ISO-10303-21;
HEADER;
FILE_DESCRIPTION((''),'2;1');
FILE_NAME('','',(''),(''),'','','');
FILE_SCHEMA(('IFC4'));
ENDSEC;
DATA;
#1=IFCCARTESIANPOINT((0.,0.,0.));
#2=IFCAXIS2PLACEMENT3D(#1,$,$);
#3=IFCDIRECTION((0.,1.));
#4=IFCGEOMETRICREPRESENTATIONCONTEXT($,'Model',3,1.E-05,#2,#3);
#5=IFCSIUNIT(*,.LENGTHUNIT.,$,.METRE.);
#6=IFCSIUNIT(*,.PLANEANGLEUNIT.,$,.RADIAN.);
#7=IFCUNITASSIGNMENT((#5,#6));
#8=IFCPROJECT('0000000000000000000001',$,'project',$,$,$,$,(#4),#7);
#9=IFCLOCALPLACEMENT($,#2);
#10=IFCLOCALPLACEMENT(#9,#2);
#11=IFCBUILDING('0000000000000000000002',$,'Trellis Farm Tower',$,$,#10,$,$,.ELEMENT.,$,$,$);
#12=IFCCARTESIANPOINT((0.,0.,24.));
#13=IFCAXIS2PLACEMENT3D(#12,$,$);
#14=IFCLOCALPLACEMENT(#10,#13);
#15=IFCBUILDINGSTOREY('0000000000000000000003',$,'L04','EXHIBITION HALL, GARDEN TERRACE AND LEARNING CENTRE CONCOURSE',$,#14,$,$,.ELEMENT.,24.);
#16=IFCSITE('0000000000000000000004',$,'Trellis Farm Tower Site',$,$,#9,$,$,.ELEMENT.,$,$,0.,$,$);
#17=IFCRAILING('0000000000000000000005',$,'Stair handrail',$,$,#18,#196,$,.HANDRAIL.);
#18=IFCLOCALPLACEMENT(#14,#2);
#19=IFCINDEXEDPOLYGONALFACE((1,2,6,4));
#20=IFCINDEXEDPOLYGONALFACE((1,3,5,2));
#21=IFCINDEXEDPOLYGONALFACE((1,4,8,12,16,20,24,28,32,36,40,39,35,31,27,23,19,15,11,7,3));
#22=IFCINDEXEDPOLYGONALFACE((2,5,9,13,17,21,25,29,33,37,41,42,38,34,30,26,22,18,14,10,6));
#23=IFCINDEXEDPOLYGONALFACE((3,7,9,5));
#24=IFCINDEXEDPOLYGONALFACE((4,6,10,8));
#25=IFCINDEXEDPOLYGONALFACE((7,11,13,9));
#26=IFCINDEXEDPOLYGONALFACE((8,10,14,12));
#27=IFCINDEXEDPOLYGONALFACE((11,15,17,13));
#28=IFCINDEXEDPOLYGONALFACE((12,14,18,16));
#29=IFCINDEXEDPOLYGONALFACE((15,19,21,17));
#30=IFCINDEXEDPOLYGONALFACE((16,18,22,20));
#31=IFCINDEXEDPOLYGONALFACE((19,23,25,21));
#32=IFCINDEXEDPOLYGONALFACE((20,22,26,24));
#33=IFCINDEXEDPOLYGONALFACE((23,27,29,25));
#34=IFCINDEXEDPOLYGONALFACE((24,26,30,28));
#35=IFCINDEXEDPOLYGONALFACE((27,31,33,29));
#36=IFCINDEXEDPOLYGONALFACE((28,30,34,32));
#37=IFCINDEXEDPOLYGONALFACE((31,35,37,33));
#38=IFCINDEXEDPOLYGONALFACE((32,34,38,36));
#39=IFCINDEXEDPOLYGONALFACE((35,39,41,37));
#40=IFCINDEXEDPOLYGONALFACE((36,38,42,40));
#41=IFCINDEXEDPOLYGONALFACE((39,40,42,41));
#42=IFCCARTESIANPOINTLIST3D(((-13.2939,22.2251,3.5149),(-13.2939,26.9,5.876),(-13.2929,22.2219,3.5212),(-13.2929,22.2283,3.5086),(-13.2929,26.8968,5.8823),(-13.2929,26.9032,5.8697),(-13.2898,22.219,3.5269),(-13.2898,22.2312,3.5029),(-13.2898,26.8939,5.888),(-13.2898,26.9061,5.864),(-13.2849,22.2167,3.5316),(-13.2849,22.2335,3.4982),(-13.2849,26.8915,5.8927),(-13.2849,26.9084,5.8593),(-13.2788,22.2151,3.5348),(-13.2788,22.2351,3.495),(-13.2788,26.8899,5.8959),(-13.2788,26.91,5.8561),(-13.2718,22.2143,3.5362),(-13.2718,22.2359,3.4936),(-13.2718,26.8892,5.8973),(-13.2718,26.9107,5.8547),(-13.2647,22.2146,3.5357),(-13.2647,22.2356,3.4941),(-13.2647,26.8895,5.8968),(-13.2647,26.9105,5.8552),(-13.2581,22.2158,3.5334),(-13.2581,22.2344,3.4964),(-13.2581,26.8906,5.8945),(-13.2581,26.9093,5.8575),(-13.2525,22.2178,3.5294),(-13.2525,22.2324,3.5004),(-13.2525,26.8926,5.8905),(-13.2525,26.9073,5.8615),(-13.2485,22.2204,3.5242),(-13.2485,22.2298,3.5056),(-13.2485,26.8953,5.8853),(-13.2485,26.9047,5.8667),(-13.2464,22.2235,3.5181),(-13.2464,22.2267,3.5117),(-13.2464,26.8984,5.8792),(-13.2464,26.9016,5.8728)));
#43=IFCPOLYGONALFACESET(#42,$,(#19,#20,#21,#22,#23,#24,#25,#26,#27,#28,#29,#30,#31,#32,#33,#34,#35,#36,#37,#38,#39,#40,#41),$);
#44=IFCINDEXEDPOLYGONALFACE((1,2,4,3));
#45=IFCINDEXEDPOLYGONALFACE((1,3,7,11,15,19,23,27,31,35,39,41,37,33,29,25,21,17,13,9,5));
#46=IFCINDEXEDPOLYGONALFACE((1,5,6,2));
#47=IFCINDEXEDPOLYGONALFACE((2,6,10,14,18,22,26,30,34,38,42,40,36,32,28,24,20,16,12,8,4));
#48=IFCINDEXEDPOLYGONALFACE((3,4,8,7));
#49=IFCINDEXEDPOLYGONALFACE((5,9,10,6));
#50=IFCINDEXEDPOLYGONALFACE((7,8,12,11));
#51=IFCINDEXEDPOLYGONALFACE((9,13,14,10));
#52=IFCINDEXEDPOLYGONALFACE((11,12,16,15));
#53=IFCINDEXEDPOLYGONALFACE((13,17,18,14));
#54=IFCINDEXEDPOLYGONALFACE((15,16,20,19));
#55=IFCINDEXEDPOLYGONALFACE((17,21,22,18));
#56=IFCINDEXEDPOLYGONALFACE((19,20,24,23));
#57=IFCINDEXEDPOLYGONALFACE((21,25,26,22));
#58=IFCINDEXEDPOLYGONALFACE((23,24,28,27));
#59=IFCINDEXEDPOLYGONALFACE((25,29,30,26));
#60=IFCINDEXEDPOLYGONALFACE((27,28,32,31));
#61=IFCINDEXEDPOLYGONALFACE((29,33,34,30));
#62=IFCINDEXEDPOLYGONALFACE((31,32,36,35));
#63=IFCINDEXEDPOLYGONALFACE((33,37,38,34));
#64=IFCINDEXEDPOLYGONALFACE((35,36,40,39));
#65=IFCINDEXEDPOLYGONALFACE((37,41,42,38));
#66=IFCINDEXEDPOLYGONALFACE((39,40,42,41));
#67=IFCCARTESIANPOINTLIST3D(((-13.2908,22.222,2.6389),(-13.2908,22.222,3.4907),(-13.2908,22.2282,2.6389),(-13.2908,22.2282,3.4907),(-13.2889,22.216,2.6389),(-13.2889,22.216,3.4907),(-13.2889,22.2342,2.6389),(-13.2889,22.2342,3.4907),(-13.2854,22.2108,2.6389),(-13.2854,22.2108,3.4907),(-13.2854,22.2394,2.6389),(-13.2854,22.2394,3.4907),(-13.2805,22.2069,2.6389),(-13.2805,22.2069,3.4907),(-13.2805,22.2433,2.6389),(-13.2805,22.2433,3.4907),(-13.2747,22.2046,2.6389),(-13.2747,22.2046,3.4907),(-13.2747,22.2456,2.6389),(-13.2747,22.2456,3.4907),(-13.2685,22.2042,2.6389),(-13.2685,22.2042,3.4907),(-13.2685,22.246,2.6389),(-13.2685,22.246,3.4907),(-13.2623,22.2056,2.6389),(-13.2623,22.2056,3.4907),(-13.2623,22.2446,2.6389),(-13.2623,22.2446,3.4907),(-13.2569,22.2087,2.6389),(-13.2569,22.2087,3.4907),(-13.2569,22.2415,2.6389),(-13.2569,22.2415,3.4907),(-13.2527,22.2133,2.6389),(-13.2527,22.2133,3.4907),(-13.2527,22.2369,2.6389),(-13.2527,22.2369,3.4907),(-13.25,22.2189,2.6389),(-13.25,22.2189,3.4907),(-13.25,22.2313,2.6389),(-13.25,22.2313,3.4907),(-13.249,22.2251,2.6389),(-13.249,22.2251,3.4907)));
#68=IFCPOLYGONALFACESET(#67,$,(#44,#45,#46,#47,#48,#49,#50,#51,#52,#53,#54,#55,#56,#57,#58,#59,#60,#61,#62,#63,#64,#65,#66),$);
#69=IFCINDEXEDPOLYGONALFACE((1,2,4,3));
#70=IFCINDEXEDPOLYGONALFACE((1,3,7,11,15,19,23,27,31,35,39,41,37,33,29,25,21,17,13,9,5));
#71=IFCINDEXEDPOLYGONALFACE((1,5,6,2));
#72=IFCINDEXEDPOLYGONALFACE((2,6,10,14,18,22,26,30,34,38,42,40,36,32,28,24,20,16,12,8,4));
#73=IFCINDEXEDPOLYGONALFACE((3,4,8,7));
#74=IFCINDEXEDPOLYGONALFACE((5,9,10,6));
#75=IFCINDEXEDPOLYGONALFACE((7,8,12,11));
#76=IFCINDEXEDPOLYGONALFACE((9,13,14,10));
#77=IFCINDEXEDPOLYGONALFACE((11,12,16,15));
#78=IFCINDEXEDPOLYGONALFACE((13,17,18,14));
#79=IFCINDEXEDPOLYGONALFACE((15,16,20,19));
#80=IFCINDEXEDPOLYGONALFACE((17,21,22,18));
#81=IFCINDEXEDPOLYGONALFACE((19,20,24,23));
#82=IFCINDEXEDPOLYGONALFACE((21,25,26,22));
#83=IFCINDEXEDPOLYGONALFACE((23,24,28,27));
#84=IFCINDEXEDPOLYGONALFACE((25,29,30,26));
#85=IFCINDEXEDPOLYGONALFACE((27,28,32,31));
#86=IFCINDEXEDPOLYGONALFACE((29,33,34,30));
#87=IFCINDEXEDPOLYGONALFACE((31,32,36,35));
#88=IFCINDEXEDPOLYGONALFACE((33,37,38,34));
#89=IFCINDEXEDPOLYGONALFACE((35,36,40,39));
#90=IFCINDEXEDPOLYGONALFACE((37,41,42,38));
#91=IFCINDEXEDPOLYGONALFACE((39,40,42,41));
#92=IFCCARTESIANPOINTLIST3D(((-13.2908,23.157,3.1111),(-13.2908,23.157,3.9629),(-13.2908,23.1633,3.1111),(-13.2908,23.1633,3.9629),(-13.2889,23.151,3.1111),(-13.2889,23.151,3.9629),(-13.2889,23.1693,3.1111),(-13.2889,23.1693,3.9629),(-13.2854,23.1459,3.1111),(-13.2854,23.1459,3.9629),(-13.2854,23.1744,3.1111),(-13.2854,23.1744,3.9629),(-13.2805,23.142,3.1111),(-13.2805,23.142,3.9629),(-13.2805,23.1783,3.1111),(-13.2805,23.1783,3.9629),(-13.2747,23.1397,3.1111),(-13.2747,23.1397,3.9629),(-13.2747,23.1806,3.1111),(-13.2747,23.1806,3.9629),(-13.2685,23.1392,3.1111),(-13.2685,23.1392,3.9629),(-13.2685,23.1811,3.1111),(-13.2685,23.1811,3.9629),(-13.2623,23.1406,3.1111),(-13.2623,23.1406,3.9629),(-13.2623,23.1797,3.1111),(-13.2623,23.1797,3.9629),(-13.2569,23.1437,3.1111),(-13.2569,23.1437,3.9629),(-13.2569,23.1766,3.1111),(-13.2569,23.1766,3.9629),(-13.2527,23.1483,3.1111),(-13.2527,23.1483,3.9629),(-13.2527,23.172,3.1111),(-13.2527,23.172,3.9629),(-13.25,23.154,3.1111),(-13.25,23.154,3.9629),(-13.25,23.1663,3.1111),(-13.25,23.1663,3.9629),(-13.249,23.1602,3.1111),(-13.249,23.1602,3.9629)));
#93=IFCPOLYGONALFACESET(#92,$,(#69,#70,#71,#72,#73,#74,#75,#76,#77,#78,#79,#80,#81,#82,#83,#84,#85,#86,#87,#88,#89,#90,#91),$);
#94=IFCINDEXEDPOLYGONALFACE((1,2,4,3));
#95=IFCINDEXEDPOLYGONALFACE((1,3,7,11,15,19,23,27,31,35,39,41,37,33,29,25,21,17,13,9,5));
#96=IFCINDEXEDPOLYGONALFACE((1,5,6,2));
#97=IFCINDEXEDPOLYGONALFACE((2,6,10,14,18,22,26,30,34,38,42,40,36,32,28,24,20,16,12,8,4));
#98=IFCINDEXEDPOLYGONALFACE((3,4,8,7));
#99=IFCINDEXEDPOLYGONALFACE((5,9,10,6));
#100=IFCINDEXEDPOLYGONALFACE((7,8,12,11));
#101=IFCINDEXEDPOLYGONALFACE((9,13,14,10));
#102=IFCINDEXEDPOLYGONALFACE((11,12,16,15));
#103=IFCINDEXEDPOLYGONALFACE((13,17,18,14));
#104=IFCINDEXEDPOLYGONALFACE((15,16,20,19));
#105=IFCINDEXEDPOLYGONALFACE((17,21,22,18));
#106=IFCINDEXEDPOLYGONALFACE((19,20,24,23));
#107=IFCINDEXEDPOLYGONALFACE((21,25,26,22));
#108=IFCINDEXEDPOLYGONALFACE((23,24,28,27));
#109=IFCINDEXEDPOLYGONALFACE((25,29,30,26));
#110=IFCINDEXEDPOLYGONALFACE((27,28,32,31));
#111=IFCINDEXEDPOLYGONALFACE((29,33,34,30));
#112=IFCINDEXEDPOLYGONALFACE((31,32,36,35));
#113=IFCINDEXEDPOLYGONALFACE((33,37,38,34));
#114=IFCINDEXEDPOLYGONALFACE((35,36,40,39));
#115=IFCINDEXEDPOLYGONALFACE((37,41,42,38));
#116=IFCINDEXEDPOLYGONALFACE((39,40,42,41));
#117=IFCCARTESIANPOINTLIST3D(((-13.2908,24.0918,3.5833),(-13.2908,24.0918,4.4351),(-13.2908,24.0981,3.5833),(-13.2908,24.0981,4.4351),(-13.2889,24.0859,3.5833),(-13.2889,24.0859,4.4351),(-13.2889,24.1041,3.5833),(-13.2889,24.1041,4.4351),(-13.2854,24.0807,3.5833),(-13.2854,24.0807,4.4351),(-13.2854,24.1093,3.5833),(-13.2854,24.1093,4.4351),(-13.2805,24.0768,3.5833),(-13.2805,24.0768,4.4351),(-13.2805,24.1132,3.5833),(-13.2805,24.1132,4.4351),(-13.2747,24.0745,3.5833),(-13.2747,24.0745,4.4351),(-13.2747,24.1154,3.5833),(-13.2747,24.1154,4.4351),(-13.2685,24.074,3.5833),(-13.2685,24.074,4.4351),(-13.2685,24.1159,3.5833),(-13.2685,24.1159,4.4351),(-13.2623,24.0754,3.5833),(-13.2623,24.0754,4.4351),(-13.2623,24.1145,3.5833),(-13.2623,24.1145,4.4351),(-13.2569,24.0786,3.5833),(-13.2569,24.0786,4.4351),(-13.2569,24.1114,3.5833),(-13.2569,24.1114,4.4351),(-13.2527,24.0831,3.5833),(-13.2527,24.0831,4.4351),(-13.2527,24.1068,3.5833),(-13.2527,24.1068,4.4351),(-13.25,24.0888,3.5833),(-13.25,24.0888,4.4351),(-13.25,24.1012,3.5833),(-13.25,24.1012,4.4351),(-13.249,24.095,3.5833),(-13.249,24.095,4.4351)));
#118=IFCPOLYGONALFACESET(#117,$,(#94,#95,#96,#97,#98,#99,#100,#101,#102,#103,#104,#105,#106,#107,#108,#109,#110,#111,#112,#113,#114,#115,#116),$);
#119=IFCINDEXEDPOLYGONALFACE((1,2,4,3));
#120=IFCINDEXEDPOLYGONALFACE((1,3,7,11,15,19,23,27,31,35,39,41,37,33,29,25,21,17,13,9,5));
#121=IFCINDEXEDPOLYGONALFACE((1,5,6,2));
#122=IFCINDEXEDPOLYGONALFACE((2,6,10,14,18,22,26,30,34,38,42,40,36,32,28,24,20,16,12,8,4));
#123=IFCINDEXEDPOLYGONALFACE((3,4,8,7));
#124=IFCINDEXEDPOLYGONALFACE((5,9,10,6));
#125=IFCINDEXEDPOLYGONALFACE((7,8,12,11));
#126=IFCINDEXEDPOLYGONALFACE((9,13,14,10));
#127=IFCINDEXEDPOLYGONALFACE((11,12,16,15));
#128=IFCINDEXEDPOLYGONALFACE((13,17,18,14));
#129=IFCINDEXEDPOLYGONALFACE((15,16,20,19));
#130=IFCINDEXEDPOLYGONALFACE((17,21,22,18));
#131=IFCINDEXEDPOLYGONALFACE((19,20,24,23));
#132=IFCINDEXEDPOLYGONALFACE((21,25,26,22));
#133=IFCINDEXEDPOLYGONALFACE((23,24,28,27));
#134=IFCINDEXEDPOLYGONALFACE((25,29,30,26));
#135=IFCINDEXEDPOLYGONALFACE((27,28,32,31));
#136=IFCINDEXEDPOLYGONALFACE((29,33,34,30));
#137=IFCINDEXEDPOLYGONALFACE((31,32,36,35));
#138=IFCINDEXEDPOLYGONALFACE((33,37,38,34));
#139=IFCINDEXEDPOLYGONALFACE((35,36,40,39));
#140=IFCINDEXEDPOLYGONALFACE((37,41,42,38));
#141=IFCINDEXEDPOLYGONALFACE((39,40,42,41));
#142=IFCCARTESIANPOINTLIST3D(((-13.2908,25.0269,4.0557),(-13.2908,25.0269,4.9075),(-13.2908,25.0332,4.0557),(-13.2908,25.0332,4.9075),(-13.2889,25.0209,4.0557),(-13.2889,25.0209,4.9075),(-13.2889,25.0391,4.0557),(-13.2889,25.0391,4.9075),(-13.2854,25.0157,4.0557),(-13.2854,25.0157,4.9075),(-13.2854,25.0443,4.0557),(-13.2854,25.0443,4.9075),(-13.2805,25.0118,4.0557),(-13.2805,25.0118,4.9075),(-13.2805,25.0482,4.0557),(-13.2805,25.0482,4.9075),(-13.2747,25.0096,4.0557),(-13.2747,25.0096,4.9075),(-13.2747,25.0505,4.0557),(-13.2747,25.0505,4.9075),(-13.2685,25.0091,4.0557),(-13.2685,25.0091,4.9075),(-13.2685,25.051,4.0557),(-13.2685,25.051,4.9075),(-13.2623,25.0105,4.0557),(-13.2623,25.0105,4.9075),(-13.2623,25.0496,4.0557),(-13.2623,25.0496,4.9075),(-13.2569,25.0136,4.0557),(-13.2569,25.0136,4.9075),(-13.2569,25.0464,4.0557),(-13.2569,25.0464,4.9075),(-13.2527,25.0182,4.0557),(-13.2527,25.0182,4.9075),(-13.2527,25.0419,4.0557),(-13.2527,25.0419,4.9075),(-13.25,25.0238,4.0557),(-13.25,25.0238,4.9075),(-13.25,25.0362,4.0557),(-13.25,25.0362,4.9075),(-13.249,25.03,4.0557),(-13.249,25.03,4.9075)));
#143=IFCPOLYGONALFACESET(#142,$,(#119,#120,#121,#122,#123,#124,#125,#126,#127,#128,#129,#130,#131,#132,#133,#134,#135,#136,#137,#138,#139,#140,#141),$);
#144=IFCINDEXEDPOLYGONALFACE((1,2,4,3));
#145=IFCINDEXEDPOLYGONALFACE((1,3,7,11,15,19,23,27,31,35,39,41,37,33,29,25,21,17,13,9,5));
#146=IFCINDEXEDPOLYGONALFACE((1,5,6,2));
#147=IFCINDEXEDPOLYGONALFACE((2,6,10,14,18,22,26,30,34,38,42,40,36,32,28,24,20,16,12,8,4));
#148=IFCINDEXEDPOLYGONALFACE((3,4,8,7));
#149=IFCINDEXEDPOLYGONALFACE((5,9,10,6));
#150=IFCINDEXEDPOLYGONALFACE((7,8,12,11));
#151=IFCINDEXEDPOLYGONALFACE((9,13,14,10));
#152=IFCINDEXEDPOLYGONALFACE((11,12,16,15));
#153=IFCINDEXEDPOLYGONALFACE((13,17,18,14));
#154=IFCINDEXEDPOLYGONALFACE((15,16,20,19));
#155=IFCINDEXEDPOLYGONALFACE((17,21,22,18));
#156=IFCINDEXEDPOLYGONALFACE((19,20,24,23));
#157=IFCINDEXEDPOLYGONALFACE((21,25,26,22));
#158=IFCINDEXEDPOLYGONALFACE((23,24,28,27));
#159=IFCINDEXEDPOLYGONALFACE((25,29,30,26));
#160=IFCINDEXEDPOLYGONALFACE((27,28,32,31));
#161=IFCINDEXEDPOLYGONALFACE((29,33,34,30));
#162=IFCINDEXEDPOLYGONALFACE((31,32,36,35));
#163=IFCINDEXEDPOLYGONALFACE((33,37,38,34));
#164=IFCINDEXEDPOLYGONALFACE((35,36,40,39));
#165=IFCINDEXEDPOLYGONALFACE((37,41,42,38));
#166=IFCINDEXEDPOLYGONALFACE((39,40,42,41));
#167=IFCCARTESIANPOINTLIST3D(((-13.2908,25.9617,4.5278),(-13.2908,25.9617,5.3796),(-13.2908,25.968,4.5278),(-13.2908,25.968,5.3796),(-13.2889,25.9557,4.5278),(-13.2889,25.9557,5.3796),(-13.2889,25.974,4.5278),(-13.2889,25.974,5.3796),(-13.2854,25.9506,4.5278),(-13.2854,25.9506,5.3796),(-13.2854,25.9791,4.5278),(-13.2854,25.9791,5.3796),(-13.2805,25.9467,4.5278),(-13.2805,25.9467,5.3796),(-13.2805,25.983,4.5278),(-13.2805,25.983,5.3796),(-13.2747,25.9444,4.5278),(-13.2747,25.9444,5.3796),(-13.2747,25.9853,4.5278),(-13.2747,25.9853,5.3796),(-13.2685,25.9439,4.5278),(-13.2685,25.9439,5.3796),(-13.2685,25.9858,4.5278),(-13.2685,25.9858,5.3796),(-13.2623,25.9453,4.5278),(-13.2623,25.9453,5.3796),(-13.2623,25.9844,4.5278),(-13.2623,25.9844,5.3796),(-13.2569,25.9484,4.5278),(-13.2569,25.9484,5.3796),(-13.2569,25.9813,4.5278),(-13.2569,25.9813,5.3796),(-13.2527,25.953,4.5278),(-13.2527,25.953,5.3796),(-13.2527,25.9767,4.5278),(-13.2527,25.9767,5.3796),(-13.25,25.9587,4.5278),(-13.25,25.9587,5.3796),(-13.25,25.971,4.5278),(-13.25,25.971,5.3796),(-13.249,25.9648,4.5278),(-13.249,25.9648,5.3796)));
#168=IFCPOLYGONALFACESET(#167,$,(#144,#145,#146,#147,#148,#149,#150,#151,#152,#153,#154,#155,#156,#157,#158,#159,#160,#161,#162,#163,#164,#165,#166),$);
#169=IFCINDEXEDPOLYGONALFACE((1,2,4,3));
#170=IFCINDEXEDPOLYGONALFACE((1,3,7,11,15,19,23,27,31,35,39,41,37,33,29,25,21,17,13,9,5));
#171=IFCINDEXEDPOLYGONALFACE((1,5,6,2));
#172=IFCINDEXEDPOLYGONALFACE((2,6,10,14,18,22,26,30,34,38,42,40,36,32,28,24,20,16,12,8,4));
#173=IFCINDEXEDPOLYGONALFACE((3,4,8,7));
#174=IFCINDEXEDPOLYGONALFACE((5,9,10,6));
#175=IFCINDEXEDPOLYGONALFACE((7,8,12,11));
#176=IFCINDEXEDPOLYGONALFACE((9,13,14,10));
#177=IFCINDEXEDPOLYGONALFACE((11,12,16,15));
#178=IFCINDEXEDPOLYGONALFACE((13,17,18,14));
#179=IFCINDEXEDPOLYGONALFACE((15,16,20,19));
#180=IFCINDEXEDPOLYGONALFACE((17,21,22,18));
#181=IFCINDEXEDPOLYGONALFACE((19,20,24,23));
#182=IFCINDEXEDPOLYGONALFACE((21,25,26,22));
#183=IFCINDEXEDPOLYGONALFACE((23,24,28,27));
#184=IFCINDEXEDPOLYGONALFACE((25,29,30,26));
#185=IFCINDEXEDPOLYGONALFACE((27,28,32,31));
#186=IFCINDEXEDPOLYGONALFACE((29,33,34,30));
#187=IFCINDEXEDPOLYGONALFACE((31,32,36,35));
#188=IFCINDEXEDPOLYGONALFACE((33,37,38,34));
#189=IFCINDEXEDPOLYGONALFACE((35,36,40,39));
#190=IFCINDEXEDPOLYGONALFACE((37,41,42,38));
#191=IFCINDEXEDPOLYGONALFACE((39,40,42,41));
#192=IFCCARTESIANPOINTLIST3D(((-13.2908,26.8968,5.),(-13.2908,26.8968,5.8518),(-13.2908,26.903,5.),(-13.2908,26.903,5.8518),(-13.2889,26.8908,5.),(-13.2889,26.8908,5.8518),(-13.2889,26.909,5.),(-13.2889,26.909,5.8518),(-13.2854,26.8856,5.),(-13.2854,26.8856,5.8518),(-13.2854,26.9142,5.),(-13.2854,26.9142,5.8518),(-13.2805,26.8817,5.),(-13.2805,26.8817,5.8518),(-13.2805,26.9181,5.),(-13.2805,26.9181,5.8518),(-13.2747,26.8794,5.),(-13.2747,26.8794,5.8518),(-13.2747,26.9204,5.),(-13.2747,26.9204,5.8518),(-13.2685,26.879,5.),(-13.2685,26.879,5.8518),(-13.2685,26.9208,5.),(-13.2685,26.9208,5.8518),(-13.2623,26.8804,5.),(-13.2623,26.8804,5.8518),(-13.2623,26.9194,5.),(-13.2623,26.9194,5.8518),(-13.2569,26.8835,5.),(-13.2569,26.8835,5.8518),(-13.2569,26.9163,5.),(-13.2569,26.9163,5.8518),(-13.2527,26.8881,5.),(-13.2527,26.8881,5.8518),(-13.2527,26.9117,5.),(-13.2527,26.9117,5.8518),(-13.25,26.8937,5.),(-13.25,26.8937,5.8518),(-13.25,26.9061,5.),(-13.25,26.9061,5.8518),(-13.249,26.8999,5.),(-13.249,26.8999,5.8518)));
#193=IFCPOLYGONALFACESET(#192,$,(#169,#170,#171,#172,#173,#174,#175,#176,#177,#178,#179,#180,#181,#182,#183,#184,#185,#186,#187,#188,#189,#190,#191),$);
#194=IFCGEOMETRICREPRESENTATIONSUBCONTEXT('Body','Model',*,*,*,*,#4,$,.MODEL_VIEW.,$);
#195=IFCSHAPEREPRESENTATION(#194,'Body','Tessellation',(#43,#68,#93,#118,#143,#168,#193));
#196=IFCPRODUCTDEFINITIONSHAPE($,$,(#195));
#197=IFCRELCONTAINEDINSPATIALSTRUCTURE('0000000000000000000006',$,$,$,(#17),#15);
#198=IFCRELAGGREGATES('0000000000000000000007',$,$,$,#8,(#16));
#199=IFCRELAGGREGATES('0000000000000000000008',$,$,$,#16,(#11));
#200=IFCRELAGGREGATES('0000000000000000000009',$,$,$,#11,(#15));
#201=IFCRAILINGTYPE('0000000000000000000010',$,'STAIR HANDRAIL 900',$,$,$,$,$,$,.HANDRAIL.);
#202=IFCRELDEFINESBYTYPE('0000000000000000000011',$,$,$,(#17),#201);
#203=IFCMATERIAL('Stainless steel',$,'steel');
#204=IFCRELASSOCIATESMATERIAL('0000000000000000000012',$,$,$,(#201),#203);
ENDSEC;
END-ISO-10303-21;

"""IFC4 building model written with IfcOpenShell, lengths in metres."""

from ifc_helpers import new_model, si_unit, direction, frame, origin, origin_2d, place, context, subcontext, project, spatial, circle, extrude, source, transform, mapped, material, type_object, element, save


model = new_model("IFC4")

# Units and contexts
model_context = context("Model", 3, precision=1e-05, world=origin(), true_north=direction((0.0, 1.0)))
body_context = subcontext(model_context, "Body", "Model", "MODEL_VIEW")
ifc_project = project(units=[si_unit("LENGTHUNIT", "METRE"), si_unit("PLANEANGLEUNIT", "RADIAN")], contexts=[model_context])

# Site, building, storey
site_placement = place(None, origin())
site = spatial("IfcSite", under=ifc_project, at=site_placement, Name="Trellis Farm Tower Site", CompositionType="ELEMENT", RefElevation=0.0)
building_placement = place(site_placement, origin())
building = spatial("IfcBuilding", under=site, at=building_placement, Name="Trellis Farm Tower", CompositionType="ELEMENT")
storey_placement = place(building_placement, frame((0.0, 0.0, 24.0)))
storey = spatial("IfcBuildingStorey", under=building, at=storey_placement, Name="L04", Description="EXHIBITION HALL, GARDEN TERRACE AND LEARNING CENTRE CONCOURSE", CompositionType="ELEMENT", Elevation=24.0)

# Railing
ifc_material_1 = material(Name="Stainless steel", Category="steel")
railing_type = type_object("IfcRailingType", Name="STAIR HANDRAIL 900", PredefinedType="HANDRAIL", material=ifc_material_1)
shared_shape_1 = source(origin(), body_context, "Body", "SweptSolid", [
    extrude(circle(Radius=0.0239, at=origin_2d()), frame((0.0, 0.0, 0.876), z_axis=(0.0, 0.892611, 0.450827), x_axis=(-1.0, 0.0, 0.0)), (0.0, 0.0, 1.0), 5.2373),
    extrude(circle(Radius=0.021, at=origin_2d()), origin(), (0.0, 0.0, 1.0), 0.8518),
    extrude(circle(Radius=0.021, at=origin_2d()), frame((0.0, 0.9351, 0.4722)), (0.0, 0.0, 1.0), 0.8518),
    extrude(circle(Radius=0.021, at=origin_2d()), frame((0.0, 1.8699, 0.9443)), (0.0, 0.0, 1.0), 0.8518),
    extrude(circle(Radius=0.021, at=origin_2d()), frame((0.0, 2.8049, 1.4167)), (0.0, 0.0, 1.0), 0.8518),
    extrude(circle(Radius=0.021, at=origin_2d()), frame((0.0, 3.7397, 1.8889)), (0.0, 0.0, 1.0), 0.8518),
    extrude(circle(Radius=0.021, at=origin_2d()), frame((0.0, 4.6748, 2.3611)), (0.0, 0.0, 1.0), 0.8518),
])
for number, where, name in (
    (1, (-13.27, 22.2251, 2.6389), "Stair handrail"),
):
    element("IfcRailing", number, at=place(storey_placement, frame(where)), inside=storey, type_object=railing_type, Name=name, PredefinedType="HANDRAIL", context=body_context, shape_type="MappedRepresentation", body=[
        mapped(shared_shape_1, transform((0.0, 0.0, 0.0))),
    ])

save(model, "model.ifc")
